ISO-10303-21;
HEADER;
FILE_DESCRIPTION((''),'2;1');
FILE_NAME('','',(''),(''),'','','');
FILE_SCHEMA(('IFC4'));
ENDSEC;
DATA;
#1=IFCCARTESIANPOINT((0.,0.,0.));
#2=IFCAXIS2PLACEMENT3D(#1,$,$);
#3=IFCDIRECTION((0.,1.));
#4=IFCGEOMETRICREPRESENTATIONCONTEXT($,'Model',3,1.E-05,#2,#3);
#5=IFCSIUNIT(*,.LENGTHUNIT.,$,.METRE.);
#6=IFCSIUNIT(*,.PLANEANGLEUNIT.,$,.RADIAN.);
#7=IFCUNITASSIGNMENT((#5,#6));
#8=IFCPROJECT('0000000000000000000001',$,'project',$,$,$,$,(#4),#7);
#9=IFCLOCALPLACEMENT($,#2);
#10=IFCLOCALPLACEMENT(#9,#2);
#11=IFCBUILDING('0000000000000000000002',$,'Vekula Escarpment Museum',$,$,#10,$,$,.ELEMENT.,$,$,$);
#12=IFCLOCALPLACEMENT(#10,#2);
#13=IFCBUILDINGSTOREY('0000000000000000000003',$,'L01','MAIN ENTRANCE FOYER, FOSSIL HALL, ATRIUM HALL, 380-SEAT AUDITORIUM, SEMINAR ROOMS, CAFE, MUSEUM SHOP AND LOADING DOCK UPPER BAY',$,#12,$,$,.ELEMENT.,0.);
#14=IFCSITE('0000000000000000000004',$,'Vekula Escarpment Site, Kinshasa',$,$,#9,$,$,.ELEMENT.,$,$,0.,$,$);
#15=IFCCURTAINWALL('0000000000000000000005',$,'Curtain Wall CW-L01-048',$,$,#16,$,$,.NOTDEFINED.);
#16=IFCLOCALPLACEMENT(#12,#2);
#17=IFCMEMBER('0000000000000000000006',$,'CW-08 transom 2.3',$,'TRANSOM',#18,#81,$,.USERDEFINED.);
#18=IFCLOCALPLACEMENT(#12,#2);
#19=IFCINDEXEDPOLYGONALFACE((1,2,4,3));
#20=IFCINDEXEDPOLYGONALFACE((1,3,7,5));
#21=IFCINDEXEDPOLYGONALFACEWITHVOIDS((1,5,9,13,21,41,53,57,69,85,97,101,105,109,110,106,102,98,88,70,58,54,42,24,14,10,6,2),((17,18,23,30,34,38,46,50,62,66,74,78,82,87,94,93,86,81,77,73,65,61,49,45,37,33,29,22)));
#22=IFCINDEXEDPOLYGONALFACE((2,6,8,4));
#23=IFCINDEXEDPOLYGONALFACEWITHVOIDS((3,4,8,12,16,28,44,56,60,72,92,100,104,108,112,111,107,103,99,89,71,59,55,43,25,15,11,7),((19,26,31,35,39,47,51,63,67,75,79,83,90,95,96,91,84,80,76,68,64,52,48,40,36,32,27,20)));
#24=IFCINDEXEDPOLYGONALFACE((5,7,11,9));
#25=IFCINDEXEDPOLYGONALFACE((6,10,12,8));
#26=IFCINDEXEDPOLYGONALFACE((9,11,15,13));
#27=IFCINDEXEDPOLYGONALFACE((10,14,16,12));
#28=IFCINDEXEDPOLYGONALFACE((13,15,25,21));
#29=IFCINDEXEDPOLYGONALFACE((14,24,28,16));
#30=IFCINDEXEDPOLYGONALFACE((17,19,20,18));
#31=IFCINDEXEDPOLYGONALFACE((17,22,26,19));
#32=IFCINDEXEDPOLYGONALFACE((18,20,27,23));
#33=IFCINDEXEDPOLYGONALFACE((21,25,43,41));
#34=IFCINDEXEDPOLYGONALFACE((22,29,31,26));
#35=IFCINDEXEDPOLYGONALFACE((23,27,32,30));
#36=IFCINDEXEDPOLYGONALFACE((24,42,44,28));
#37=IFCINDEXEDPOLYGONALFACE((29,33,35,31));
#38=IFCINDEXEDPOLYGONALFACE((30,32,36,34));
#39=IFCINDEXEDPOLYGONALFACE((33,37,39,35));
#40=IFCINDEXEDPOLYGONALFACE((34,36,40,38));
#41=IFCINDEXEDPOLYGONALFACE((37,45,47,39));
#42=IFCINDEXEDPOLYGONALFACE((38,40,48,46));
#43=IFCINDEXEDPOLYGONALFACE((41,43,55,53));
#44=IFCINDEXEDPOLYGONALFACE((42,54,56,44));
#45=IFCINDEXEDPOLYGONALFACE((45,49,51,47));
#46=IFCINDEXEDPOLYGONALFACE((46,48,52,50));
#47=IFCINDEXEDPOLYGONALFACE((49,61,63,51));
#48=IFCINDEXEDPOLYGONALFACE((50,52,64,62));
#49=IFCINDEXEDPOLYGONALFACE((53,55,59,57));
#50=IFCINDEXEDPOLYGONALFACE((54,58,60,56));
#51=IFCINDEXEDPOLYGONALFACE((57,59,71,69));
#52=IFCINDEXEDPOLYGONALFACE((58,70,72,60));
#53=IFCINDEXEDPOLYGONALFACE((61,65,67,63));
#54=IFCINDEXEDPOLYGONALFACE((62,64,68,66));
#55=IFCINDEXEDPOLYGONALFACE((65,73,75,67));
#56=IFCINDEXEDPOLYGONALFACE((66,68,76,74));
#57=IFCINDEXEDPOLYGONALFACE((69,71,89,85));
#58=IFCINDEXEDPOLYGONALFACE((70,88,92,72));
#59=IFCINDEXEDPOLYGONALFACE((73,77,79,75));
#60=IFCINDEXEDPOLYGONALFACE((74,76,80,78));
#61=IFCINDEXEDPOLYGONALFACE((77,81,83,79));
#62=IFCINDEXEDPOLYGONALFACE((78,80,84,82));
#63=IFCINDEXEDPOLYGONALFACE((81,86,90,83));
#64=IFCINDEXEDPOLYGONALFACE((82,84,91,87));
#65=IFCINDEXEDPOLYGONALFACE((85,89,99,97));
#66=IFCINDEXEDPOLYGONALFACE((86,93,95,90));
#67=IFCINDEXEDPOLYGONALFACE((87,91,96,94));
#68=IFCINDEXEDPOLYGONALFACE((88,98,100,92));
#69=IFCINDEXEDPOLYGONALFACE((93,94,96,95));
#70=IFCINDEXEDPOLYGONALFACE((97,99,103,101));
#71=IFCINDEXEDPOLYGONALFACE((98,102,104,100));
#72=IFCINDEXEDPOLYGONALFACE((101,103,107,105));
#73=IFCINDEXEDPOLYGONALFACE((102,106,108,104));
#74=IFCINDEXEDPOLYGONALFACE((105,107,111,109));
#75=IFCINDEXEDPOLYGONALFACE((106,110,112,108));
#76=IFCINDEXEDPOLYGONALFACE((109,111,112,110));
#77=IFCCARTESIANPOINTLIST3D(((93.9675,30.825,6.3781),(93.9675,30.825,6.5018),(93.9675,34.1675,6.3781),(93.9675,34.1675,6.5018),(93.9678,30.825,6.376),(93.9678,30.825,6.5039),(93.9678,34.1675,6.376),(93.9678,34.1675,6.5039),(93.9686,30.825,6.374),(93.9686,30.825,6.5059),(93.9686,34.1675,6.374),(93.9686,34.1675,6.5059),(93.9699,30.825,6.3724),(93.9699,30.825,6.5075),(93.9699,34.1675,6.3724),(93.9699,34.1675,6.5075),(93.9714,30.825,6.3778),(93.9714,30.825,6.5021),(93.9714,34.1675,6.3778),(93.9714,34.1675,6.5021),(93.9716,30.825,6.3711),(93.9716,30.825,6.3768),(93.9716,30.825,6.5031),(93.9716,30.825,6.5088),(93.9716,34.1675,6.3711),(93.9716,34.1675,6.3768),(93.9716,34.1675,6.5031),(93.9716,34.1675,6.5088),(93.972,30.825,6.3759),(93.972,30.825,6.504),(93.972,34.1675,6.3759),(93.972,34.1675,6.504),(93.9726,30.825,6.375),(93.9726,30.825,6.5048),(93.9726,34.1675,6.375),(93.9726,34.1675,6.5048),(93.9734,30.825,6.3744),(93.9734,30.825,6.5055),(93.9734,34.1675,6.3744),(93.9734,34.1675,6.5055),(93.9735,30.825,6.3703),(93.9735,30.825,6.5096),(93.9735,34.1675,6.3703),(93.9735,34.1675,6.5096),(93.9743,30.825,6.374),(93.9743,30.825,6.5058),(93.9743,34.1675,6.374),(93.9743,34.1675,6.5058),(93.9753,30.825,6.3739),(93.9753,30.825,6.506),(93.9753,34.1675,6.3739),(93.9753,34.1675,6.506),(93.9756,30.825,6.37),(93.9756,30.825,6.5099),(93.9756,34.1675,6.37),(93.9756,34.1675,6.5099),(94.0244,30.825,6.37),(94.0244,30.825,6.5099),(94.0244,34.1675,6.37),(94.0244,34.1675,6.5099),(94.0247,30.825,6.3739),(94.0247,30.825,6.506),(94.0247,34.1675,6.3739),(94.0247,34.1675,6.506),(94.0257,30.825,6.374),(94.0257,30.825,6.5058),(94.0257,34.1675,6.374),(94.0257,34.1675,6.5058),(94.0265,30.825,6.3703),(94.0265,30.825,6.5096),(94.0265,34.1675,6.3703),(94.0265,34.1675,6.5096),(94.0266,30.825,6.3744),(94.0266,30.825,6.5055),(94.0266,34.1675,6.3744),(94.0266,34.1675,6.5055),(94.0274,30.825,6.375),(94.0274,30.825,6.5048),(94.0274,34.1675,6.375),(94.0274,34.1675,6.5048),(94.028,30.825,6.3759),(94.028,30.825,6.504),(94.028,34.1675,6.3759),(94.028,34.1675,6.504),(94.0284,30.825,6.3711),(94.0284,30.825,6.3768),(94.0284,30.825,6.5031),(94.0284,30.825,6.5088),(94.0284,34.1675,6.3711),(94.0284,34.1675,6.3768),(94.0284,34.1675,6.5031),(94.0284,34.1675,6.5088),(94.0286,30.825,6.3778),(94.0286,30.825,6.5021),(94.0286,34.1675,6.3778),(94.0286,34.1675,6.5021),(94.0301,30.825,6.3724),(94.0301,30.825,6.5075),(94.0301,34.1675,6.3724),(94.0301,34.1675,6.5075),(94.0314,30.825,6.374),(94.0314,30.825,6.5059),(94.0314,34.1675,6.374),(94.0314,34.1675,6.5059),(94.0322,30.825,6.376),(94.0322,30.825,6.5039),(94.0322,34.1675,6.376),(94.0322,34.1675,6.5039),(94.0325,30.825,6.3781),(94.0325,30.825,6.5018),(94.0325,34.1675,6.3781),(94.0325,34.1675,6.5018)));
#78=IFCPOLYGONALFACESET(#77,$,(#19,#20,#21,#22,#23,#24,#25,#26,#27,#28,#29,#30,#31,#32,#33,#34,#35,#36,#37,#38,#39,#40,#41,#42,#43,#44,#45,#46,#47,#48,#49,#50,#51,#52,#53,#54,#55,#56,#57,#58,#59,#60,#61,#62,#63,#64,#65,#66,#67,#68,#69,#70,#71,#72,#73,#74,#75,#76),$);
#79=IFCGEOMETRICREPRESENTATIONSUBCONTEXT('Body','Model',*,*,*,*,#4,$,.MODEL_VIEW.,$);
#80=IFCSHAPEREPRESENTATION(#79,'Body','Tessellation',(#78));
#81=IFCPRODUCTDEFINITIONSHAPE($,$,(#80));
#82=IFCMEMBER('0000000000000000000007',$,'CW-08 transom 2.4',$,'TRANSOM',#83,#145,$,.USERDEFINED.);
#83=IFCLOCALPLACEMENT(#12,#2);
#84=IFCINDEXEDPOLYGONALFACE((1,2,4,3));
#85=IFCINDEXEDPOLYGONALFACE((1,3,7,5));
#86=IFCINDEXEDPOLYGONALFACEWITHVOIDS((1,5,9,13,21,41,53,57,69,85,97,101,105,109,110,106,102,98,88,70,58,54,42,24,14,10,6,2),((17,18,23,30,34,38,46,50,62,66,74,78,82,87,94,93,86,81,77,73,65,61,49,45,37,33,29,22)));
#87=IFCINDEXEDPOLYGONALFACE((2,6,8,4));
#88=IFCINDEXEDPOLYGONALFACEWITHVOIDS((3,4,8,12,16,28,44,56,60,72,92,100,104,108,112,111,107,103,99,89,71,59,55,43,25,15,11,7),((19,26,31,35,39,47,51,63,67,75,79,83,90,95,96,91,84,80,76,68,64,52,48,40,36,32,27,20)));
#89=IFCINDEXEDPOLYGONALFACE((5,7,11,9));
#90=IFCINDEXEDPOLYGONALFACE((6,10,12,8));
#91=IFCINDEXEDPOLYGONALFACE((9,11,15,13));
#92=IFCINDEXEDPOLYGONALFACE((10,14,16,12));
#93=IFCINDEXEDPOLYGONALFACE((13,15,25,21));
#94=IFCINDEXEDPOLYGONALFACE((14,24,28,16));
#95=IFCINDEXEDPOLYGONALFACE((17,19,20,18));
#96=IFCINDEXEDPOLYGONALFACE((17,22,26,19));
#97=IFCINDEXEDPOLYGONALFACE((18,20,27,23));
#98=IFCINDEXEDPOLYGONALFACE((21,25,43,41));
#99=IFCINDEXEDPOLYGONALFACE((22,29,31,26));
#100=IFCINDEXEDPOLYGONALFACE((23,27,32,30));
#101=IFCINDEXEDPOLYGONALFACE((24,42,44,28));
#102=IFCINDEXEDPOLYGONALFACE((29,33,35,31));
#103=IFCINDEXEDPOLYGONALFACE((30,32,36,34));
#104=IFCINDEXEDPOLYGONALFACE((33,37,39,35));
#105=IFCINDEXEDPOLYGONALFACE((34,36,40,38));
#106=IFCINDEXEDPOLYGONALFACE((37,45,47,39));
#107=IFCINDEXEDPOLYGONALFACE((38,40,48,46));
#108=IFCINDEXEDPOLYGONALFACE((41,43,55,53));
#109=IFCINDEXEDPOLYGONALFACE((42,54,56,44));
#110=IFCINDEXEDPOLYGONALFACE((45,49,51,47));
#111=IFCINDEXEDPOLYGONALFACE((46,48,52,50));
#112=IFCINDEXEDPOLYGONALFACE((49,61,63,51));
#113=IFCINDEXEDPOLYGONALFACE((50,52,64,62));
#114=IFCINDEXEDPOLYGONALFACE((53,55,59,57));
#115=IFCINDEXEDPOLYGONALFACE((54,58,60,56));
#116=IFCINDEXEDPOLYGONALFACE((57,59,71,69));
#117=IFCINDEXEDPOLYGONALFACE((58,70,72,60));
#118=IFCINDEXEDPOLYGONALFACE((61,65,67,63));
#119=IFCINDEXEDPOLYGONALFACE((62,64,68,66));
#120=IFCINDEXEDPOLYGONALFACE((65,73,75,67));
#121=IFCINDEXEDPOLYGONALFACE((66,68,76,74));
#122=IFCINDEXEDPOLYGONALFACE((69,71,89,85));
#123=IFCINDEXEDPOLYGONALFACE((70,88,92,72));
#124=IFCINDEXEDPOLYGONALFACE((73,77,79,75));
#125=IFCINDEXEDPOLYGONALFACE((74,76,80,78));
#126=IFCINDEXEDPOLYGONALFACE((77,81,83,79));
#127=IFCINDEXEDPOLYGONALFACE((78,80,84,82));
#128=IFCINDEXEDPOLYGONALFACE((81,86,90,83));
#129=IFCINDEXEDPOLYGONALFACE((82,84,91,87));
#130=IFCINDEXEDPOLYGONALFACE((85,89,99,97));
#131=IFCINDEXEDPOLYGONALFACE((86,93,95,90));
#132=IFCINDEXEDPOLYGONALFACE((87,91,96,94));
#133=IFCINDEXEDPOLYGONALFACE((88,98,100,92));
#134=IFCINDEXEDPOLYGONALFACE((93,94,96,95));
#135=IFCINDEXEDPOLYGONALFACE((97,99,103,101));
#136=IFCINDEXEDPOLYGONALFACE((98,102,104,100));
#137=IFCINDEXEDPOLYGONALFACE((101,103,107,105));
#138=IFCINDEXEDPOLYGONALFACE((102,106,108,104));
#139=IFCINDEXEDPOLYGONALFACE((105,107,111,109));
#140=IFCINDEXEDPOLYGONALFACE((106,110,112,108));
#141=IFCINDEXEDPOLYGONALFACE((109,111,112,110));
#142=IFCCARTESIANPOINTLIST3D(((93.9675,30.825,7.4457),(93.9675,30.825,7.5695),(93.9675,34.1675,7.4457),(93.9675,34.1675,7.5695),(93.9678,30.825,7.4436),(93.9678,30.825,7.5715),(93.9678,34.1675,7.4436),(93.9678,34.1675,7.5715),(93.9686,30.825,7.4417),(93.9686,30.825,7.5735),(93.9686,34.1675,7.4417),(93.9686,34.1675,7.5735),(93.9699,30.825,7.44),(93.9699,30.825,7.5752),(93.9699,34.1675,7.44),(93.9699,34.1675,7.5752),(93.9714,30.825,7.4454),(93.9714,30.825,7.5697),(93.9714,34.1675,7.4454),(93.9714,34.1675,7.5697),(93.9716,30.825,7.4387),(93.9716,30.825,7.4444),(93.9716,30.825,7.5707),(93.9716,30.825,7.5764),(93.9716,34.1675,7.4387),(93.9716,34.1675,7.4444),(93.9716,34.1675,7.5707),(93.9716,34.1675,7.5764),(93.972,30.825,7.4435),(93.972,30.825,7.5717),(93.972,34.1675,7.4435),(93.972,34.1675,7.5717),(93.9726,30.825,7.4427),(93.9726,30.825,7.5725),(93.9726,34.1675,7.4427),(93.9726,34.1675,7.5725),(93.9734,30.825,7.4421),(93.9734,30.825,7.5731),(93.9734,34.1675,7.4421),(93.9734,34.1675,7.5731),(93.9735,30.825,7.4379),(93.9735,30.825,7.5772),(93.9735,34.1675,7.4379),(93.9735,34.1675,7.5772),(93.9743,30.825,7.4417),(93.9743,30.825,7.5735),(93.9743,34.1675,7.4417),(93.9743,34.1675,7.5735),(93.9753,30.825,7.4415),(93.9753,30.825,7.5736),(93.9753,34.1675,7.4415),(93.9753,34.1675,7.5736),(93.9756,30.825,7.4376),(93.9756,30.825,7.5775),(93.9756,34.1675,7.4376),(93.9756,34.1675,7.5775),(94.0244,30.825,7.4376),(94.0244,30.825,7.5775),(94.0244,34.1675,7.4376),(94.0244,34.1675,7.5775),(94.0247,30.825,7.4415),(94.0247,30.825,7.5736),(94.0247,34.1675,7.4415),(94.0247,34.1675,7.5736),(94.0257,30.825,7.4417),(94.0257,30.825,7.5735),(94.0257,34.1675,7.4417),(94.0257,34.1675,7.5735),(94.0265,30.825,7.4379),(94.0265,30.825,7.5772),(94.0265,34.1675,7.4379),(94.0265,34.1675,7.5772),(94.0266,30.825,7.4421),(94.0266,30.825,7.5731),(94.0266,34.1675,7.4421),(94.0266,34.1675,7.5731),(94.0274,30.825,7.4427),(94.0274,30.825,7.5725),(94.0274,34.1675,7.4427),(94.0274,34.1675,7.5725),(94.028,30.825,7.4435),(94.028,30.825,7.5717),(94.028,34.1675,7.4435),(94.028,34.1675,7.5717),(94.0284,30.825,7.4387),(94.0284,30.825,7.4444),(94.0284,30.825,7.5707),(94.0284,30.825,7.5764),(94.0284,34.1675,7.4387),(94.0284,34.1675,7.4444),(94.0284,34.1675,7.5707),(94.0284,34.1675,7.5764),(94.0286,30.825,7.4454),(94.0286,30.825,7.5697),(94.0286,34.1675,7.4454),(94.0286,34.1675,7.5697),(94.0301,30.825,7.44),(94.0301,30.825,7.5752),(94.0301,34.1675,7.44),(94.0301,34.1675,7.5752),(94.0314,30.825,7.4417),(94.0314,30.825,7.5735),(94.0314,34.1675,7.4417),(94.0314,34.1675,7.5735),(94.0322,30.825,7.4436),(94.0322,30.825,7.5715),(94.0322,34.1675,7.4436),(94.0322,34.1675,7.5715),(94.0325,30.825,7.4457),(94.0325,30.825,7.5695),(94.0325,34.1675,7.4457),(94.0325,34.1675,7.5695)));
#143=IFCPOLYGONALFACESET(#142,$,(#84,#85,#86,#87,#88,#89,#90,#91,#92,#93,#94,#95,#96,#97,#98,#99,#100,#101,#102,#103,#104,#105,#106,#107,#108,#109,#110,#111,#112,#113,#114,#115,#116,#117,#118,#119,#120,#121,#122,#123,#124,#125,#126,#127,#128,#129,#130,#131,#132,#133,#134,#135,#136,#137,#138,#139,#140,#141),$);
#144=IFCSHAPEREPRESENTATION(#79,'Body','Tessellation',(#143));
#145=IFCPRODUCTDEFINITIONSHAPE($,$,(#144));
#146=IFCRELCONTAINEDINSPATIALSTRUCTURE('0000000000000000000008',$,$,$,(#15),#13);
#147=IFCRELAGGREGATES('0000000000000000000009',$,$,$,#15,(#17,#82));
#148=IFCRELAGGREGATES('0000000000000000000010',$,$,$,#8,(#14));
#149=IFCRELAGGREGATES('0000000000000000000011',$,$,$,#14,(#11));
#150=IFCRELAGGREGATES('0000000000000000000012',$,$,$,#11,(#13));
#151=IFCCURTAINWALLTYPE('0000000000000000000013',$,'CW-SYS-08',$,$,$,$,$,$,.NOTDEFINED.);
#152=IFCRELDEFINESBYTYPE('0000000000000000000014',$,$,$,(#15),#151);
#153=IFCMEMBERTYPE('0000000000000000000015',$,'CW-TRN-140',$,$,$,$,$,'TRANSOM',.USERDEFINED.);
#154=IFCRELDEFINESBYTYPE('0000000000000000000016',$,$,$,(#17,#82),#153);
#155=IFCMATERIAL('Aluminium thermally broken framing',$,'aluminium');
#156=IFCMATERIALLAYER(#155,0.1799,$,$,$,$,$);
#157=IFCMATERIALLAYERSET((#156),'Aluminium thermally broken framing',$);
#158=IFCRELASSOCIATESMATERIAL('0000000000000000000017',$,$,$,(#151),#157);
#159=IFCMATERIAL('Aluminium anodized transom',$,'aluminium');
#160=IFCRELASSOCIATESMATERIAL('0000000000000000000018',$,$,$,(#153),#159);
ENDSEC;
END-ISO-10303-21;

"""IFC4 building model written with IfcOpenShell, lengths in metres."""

from ifc_helpers import new_model, si_unit, direction, frame, origin, origin_2d, place, context, subcontext, project, spatial, hollow_rectangle, extrude, material, layer, layer_set, material_profile, profile_set, type_object, element, aggregate, save


model = new_model("IFC4")

# Units and contexts
model_context = context("Model", 3, precision=1e-05, world=origin(), true_north=direction((0.0, 1.0)))
body_context = subcontext(model_context, "Body", "Model", "MODEL_VIEW")
ifc_project = project(units=[si_unit("LENGTHUNIT", "METRE"), si_unit("PLANEANGLEUNIT", "RADIAN")], contexts=[model_context])

# Site, building, storey
site_placement = place(None, origin())
site = spatial("IfcSite", under=ifc_project, at=site_placement, Name="Vekula Escarpment Site, Kinshasa", CompositionType="ELEMENT", RefElevation=0.0)
building_placement = place(site_placement, origin())
building = spatial("IfcBuilding", under=site, at=building_placement, Name="Vekula Escarpment Museum", CompositionType="ELEMENT")
storey_placement = place(building_placement, origin())
storey = spatial("IfcBuildingStorey", under=building, at=storey_placement, Name="L01", Description="MAIN ENTRANCE FOYER, FOSSIL HALL, ATRIUM HALL, 380-SEAT AUDITORIUM, SEMINAR ROOMS, CAFE, MUSEUM SHOP AND LOADING DOCK UPPER BAY", CompositionType="ELEMENT", Elevation=0.0)

# Curtain wall
ifc_material_1 = material(Name="Aluminium thermally broken framing", Category="aluminium")
ifc_layer_1 = layer(ifc_material_1, 0.1799)
ifc_layer_set_1 = layer_set([ifc_layer_1], Name="Aluminium thermally broken framing")
curtain_wall_type_1 = type_object("IfcCurtainWallType", Name="CW-SYS-08", PredefinedType="NOTDEFINED", material=ifc_layer_set_1)
curtain_wall_1_placement = place(storey_placement, origin())
curtain_wall_1 = element("IfcCurtainWall", 1, at=curtain_wall_1_placement, inside=storey, type_object=curtain_wall_type_1, Name="Curtain Wall CW-L01-048", PredefinedType="NOTDEFINED")

# Members
ifc_material_2 = material(Name="Aluminium anodized transom", Category="aluminium")
ifc_material_profile_1 = material_profile(ifc_material_2, hollow_rectangle(XDim=0.0649, YDim=0.1399, WallThickness=0.0039, InnerFilletRadius=0.0039, OuterFilletRadius=0.0081, at=origin_2d()), Name="ALU 140x65x4")
ifc_profile_set_1 = profile_set([ifc_material_profile_1], Name="Aluminium anodized transom")
member_type_1 = type_object("IfcMemberType", Name="CW-TRN-140", ElementType="TRANSOM", PredefinedType="USERDEFINED", material=ifc_profile_set_1)
member_1_placement = place(storey_placement, frame((94.0, 34.1675, 6.4399), z_axis=(0.0, -1.0, 0.0), x_axis=(1.0, 0.0, 0.0)))
member_1 = element("IfcMember", 2, at=member_1_placement, type_object=member_type_1, Name="CW-08 transom 2.3", ObjectType="TRANSOM", PredefinedType="USERDEFINED", context=body_context, shape_type="SweptSolid", body=[
    extrude(hollow_rectangle(XDim=0.0649, YDim=0.1399, WallThickness=0.0039, InnerFilletRadius=0.0039, OuterFilletRadius=0.0081, at=origin_2d()), origin(), (0.0, 0.0, 1.0), 3.3425),
])
member_2_placement = place(storey_placement, frame((94.0, 34.1675, 7.5076), z_axis=(0.0, -1.0, 0.0), x_axis=(1.0, 0.0, 0.0)))
member_2 = element("IfcMember", 3, at=member_2_placement, type_object=member_type_1, Name="CW-08 transom 2.4", ObjectType="TRANSOM", PredefinedType="USERDEFINED", context=body_context, shape_type="SweptSolid", body=[
    extrude(hollow_rectangle(XDim=0.0649, YDim=0.1399, WallThickness=0.0039, InnerFilletRadius=0.0039, OuterFilletRadius=0.0081, at=origin_2d()), origin(), (0.0, 0.0, 1.0), 3.3425),
])

aggregate(curtain_wall_1, [member_1, member_2])

save(model, "model.ifc")
